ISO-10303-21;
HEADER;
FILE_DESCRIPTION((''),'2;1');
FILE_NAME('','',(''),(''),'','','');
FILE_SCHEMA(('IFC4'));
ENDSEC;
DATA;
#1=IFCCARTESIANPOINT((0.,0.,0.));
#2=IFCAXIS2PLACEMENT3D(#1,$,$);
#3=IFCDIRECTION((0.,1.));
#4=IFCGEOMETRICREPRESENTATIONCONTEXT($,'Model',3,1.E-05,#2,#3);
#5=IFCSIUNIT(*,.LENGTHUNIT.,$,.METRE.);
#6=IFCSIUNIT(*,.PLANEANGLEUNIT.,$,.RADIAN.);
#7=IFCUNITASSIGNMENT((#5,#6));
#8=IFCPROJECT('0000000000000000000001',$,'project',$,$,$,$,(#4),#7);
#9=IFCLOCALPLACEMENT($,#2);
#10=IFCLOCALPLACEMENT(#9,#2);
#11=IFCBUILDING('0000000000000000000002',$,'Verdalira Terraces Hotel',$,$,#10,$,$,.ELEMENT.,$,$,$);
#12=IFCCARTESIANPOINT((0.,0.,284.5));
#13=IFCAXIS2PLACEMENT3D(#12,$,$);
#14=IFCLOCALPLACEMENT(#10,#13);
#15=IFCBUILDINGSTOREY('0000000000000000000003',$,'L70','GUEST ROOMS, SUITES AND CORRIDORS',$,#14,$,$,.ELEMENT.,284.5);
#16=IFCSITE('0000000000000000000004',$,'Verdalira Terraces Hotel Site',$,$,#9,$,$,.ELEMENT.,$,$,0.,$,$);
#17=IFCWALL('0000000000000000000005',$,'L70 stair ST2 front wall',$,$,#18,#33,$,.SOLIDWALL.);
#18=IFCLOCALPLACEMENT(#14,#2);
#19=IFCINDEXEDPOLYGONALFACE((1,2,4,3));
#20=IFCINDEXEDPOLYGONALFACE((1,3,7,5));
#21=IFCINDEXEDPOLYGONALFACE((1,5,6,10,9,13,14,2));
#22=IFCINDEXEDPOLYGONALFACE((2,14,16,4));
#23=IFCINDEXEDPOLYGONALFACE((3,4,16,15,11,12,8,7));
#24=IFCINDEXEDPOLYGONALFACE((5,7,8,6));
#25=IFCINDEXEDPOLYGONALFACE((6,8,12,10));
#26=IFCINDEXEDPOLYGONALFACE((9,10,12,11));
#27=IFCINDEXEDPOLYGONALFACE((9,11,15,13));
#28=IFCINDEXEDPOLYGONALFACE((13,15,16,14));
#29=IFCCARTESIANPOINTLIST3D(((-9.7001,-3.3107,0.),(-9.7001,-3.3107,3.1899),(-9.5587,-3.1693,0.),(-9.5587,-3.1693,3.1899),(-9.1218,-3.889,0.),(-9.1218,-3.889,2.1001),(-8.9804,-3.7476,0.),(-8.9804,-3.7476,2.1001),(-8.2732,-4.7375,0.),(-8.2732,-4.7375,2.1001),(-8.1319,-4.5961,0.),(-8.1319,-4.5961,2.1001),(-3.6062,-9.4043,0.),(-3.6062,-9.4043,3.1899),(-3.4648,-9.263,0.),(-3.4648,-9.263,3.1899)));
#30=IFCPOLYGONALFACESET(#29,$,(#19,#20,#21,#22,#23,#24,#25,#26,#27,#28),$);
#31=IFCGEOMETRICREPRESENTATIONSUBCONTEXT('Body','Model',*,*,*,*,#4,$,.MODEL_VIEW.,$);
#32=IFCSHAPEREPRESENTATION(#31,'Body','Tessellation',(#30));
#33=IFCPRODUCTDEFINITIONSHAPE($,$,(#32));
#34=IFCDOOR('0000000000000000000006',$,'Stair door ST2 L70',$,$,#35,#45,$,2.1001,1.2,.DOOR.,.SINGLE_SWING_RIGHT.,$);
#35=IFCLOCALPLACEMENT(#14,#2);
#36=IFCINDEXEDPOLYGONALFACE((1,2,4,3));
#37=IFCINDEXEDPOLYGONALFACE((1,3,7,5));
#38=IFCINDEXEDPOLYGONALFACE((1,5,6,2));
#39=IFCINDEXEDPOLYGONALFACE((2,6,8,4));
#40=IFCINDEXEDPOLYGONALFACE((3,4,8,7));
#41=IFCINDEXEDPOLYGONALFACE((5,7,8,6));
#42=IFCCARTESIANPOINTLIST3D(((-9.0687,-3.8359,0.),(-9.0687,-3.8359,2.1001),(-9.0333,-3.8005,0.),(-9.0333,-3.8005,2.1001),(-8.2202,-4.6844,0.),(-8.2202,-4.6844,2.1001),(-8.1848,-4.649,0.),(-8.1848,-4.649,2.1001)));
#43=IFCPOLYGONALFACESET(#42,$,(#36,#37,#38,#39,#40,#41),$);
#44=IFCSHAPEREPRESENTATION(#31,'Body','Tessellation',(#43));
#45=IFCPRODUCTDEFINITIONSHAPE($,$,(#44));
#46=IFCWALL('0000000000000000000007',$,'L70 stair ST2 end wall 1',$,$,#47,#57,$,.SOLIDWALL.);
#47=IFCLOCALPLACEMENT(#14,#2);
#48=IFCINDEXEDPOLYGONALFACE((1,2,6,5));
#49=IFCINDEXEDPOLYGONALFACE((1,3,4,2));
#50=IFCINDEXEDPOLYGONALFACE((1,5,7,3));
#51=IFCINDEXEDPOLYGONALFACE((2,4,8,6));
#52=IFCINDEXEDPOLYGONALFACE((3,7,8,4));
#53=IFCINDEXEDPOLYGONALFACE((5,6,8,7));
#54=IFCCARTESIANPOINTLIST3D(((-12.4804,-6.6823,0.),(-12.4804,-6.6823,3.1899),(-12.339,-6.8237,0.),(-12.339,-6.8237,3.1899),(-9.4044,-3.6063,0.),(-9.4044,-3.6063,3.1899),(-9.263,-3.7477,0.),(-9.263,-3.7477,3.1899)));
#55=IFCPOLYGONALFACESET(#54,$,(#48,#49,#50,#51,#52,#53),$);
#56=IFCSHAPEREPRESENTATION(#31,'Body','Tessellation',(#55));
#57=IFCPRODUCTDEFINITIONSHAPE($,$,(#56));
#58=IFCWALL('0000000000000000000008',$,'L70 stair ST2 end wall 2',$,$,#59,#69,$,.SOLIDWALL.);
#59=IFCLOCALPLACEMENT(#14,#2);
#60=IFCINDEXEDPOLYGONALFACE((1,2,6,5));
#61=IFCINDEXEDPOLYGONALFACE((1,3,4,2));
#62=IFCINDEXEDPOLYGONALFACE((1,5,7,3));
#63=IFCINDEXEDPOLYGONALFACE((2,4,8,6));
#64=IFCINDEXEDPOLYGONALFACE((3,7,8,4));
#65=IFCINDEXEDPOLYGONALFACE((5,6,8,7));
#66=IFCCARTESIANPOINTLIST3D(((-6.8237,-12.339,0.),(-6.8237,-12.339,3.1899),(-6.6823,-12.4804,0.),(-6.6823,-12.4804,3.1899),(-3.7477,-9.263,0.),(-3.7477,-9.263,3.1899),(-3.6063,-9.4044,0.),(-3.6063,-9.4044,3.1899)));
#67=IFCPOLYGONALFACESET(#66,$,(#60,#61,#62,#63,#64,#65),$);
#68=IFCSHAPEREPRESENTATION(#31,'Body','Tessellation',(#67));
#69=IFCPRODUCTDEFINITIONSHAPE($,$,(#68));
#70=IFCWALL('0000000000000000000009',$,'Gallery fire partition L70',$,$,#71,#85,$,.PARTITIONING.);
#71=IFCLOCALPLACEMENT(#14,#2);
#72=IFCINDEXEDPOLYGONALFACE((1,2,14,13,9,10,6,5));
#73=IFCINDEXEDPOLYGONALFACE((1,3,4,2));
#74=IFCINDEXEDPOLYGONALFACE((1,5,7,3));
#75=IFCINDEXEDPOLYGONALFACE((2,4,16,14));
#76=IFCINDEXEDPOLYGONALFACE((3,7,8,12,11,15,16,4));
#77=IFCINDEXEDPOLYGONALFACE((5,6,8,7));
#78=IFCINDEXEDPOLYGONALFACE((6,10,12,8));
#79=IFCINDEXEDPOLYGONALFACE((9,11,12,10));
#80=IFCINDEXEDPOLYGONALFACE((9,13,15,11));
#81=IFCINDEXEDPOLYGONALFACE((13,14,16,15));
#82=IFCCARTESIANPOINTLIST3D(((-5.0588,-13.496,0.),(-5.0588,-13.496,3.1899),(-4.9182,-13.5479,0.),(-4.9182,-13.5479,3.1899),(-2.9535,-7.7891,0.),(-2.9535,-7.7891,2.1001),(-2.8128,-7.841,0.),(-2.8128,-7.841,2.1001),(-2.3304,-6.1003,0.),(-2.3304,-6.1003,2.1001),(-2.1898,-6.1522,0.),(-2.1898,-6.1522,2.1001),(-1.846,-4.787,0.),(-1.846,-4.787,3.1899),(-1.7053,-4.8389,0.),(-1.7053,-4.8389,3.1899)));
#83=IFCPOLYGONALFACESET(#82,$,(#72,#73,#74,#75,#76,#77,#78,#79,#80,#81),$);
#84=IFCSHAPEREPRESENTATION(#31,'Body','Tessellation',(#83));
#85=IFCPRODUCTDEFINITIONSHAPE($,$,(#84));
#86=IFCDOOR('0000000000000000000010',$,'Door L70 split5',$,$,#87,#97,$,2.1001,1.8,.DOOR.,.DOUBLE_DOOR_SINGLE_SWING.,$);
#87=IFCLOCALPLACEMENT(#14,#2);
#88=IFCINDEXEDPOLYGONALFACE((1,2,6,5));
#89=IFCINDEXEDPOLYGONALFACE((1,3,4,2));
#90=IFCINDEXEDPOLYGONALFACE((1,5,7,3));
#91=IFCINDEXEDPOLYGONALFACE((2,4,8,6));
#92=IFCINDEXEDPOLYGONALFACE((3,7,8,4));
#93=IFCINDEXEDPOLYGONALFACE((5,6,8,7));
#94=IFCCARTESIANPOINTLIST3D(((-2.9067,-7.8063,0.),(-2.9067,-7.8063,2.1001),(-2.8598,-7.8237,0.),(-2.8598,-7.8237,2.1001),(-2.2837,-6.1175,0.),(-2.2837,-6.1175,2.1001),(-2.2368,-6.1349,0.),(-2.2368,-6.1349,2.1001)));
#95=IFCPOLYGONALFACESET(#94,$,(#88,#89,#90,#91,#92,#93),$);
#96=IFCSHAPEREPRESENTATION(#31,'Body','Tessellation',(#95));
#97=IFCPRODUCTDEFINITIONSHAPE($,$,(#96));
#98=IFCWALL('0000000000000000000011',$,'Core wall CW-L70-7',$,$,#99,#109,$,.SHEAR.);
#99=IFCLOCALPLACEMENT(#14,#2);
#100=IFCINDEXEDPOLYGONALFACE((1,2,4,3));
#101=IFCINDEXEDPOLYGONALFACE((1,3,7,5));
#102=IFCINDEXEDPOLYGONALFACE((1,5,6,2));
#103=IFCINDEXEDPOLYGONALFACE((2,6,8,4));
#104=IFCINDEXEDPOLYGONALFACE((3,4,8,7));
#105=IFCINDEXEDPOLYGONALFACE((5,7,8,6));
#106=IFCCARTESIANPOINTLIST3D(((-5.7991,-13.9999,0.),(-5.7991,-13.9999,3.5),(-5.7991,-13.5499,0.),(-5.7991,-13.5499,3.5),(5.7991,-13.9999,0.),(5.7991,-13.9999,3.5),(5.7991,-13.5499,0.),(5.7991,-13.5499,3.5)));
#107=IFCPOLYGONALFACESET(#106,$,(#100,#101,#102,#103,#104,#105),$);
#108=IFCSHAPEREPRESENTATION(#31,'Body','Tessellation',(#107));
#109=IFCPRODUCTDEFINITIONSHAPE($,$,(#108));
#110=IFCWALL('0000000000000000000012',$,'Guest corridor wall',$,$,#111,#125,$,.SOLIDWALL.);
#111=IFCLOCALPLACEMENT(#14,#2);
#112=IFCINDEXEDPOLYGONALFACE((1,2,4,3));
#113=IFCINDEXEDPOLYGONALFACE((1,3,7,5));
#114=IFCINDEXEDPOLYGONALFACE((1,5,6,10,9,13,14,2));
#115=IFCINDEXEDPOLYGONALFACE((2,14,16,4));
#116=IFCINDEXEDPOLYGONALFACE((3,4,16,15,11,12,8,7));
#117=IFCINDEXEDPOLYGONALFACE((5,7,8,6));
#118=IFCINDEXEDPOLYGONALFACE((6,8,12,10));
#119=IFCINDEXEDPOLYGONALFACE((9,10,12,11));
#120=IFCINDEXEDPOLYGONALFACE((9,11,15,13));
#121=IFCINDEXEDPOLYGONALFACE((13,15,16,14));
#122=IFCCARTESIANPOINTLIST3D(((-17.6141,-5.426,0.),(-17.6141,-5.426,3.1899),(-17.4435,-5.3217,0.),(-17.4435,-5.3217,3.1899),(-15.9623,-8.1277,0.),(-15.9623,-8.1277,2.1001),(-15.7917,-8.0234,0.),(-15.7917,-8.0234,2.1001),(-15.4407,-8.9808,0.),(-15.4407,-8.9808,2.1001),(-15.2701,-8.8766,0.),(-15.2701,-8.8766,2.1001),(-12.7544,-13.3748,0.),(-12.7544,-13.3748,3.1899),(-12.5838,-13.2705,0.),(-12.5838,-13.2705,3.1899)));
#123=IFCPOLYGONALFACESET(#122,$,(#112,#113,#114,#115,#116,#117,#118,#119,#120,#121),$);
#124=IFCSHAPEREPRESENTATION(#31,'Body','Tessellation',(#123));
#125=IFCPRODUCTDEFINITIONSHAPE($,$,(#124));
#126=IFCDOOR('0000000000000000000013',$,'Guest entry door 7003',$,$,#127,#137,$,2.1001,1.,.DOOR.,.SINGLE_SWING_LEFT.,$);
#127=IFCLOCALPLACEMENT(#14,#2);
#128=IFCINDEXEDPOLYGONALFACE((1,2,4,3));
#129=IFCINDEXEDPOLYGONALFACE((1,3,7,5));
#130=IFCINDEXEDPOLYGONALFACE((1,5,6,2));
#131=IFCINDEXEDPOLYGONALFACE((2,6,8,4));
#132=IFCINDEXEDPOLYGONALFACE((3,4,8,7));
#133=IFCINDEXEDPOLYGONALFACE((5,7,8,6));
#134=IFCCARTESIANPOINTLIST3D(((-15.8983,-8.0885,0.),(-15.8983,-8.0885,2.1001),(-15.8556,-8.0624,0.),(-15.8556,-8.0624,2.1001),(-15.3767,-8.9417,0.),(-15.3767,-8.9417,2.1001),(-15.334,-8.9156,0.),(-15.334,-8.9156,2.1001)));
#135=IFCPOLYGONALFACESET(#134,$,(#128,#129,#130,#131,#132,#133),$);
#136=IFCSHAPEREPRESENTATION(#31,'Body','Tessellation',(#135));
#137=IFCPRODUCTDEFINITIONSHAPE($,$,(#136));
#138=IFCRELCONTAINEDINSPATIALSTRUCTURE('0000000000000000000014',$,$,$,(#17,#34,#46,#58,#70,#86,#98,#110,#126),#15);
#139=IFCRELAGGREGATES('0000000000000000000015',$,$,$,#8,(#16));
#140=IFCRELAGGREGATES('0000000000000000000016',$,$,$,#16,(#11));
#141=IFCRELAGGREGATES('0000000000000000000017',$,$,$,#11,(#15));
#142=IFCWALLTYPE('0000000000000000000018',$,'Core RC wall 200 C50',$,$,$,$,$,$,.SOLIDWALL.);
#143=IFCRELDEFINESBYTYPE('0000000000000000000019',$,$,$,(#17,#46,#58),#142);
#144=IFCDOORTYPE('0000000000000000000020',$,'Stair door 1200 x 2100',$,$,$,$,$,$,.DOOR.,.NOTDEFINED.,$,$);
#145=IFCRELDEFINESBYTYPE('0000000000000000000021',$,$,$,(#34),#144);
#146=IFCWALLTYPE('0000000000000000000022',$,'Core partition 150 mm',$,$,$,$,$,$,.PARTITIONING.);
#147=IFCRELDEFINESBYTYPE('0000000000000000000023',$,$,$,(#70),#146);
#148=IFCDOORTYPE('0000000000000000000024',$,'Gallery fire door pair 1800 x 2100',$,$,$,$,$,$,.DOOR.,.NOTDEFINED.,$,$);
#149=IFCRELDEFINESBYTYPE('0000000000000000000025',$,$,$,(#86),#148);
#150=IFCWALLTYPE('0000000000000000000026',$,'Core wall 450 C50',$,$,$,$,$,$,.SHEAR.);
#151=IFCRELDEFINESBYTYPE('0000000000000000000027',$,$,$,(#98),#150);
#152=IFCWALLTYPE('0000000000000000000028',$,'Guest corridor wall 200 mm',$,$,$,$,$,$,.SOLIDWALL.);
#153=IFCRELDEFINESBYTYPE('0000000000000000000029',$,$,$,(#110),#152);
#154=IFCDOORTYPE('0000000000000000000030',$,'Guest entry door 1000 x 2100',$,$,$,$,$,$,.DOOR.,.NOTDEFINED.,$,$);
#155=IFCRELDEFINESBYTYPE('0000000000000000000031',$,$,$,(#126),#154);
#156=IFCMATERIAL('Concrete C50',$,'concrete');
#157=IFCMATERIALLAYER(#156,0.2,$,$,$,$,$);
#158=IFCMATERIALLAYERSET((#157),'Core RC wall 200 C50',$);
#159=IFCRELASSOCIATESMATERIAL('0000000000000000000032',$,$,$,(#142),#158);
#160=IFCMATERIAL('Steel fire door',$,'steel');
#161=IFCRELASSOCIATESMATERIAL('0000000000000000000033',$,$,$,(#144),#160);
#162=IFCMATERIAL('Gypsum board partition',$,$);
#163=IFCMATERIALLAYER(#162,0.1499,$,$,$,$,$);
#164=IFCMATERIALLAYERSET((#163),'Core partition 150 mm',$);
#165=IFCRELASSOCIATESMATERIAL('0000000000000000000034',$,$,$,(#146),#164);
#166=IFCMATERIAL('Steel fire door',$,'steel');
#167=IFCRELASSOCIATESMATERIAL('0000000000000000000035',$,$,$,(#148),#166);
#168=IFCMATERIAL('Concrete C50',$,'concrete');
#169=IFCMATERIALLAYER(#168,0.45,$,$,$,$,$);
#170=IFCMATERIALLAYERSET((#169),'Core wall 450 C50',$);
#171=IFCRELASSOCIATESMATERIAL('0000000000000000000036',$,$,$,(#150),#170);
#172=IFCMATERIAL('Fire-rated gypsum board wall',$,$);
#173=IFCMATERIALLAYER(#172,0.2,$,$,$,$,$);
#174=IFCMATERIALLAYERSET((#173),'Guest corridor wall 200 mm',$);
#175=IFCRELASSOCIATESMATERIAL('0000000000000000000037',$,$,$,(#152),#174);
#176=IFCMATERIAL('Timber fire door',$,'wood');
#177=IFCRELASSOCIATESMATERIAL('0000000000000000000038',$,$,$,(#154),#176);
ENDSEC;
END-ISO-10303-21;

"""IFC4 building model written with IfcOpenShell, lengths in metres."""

from ifc_helpers import new_model, si_unit, direction, frame, frame_2d, origin, place, context, subcontext, project, spatial, rectangle, extrude, material, layer, layer_set, type_object, element, fill, save


model = new_model("IFC4")

# Units and contexts
model_context = context("Model", 3, precision=1e-05, world=origin(), true_north=direction((0.0, 1.0)))
body_context = subcontext(model_context, "Body", "Model", "MODEL_VIEW")
ifc_project = project(units=[si_unit("LENGTHUNIT", "METRE"), si_unit("PLANEANGLEUNIT", "RADIAN")], contexts=[model_context])

# Site, building, storey
site_placement = place(None, origin())
site = spatial("IfcSite", under=ifc_project, at=site_placement, Name="Verdalira Terraces Hotel Site", CompositionType="ELEMENT", RefElevation=0.0)
building_placement = place(site_placement, origin())
building = spatial("IfcBuilding", under=site, at=building_placement, Name="Verdalira Terraces Hotel", CompositionType="ELEMENT")
storey_placement = place(building_placement, frame((0.0, 0.0, 284.5)))
storey = spatial("IfcBuildingStorey", under=building, at=storey_placement, Name="L70", Description="GUEST ROOMS, SUITES AND CORRIDORS", CompositionType="ELEMENT", Elevation=284.5)

# Shared definitions
ifc_material_1 = material(Name="Concrete C50", Category="concrete")
ifc_layer_1 = layer(ifc_material_1, 0.2)
ifc_layer_set_1 = layer_set([ifc_layer_1], Name="Core RC wall 200 C50")
wall_type_1 = type_object("IfcWallType", Name="Core RC wall 200 C50", PredefinedType="SOLIDWALL", material=ifc_layer_set_1)

# Wall, opening, door
wall_1_placement = place(storey_placement, frame((-3.5354, -9.3337, 0.0), z_axis=(0.0, 0.0, 1.0), x_axis=(-0.707121, 0.707093, 0.0)))
wall_1 = element("IfcWall", 1, at=wall_1_placement, inside=storey, type_object=wall_type_1, Name="L70 stair ST2 front wall", PredefinedType="SOLIDWALL", context=body_context, shape_type="SweptSolid", body=[
    extrude(rectangle(XDim=8.6179, YDim=0.2, at=frame_2d((4.3091, 0.0))), origin(), (0.0, 0.0, 1.0), 3.1899),
])
opening_1_placement = place(wall_1_placement, frame((6.6001, 0.0, 0.0)))
opening_1 = element("IfcOpeningElement", 2, at=opening_1_placement, cuts=wall_1, PredefinedType="OPENING", context=body_context, shape_type="SweptSolid", body=[
    extrude(rectangle(XDim=1.2, YDim=2.1001, at=frame_2d((0.6001, 1.05))), frame((0.0, 0.1099, 0.0), z_axis=(0.0, -1.0, 0.0), x_axis=(1.0, 0.0, 0.0)), (0.0, 0.0, 1.0), 0.22),
])
ifc_material_2 = material(Name="Steel fire door", Category="steel")
door_type_1 = type_object("IfcDoorType", Name="Stair door 1200 x 2100", OperationType="NOTDEFINED", PredefinedType="DOOR", material=ifc_material_2)
door_1_placement = place(opening_1_placement, origin())
door_1 = element("IfcDoor", 3, at=door_1_placement, inside=storey, type_object=door_type_1, Name="Stair door ST2 L70", OperationType="SINGLE_SWING_RIGHT", OverallHeight=2.1001, OverallWidth=1.2, PredefinedType="DOOR", context=body_context, shape_type="SweptSolid", body=[
    extrude(rectangle(XDim=1.2, YDim=2.1001, at=frame_2d((0.6001, 1.05))), frame((0.0, 0.0249, 0.0), z_axis=(0.0, -1.0, 0.0), x_axis=(1.0, 0.0, 0.0)), (0.0, 0.0, 1.0), 0.05),
])
fill(opening_1, door_1)

# Walls
for number, where, z_axis, x_axis, name in (
    (4, (-9.3337, -3.677, 0.0), (0.0, 0.0, 1.0), (-0.707107, -0.707107, 0.0), "L70 stair ST2 end wall 1"),
    (5, (-3.677, -9.3337, 0.0), (0.0, 0.0, 1.0), (-0.707107, -0.707107, 0.0), "L70 stair ST2 end wall 2"),
):
    element("IfcWall", number, at=place(storey_placement, frame(where, z_axis=z_axis, x_axis=x_axis)), inside=storey, type_object=wall_type_1, Name=name, PredefinedType="SOLIDWALL", context=body_context, shape_type="SweptSolid", body=[
        extrude(rectangle(XDim=4.3501, YDim=0.2, at=frame_2d((2.175, 0.0))), origin(), (0.0, 0.0, 1.0), 3.1899),
    ])

# Wall, opening, door
ifc_material_3 = material(Name="Gypsum board partition")
ifc_layer_2 = layer(ifc_material_3, 0.1499)
ifc_layer_set_2 = layer_set([ifc_layer_2], Name="Core partition 150 mm")
wall_type_2 = type_object("IfcWallType", Name="Core partition 150 mm", PredefinedType="PARTITIONING", material=ifc_layer_set_2)
wall_2_placement = place(storey_placement, frame((-1.7756, -4.813, 0.0), z_axis=(0.0, 0.0, 1.0), x_axis=(-0.346115, -0.938192, 0.0)))
wall_2 = element("IfcWall", 6, at=wall_2_placement, inside=storey, type_object=wall_type_2, Name="Gallery fire partition L70", PredefinedType="PARTITIONING", context=body_context, shape_type="SweptSolid", body=[
    extrude(rectangle(XDim=9.2827, YDim=0.1499, at=frame_2d((4.6414, 0.0))), origin(), (0.0, 0.0, 1.0), 3.1899),
])
opening_2_placement = place(wall_2_placement, frame((1.3999, 0.0, 0.0)))
opening_2 = element("IfcOpeningElement", 7, at=opening_2_placement, cuts=wall_2, PredefinedType="OPENING", context=body_context, shape_type="SweptSolid", body=[
    extrude(rectangle(XDim=1.8, YDim=2.1001, at=frame_2d((0.8999, 1.05))), frame((0.0, 0.085, 0.0), z_axis=(0.0, -1.0, 0.0), x_axis=(1.0, 0.0, 0.0)), (0.0, 0.0, 1.0), 0.1699),
])
ifc_material_4 = material(Name="Steel fire door", Category="steel")
door_type_2 = type_object("IfcDoorType", Name="Gallery fire door pair 1800 x 2100", OperationType="NOTDEFINED", PredefinedType="DOOR", material=ifc_material_4)
door_2_placement = place(opening_2_placement, origin())
door_2 = element("IfcDoor", 8, at=door_2_placement, inside=storey, type_object=door_type_2, Name="Door L70 split5", OperationType="DOUBLE_DOOR_SINGLE_SWING", OverallHeight=2.1001, OverallWidth=1.8, PredefinedType="DOOR", context=body_context, shape_type="SweptSolid", body=[
    extrude(rectangle(XDim=1.8, YDim=2.1001, at=frame_2d((0.8999, 1.05))), frame((0.0, 0.0249, 0.0), z_axis=(0.0, -1.0, 0.0), x_axis=(1.0, 0.0, 0.0)), (0.0, 0.0, 1.0), 0.05),
])
fill(opening_2, door_2)

# Wall
ifc_material_5 = material(Name="Concrete C50", Category="concrete")
ifc_layer_3 = layer(ifc_material_5, 0.45)
ifc_layer_set_3 = layer_set([ifc_layer_3], Name="Core wall 450 C50")
wall_type_3 = type_object("IfcWallType", Name="Core wall 450 C50", PredefinedType="SHEAR", material=ifc_layer_set_3)
wall_3_placement = place(storey_placement, frame((-5.7991, -13.7749, 0.0), z_axis=(0.0, 0.0, 1.0), x_axis=(1.0, 0.0, 0.0)))
element("IfcWall", 9, at=wall_3_placement, inside=storey, type_object=wall_type_3, Name="Core wall CW-L70-7", PredefinedType="SHEAR", context=body_context, shape_type="SweptSolid", body=[
    extrude(rectangle(XDim=11.5981, YDim=0.45, at=frame_2d((5.7991, 0.0))), origin(), (0.0, 0.0, 1.0), 3.5),
])

# Wall, opening, door
ifc_material_6 = material(Name="Fire-rated gypsum board wall")
ifc_layer_4 = layer(ifc_material_6, 0.2)
ifc_layer_set_4 = layer_set([ifc_layer_4], Name="Guest corridor wall 200 mm")
wall_type_4 = type_object("IfcWallType", Name="Guest corridor wall 200 mm", PredefinedType="SOLIDWALL", material=ifc_layer_set_4)
wall_4_placement = place(storey_placement, frame((-12.6692, -13.3225, 0.0), z_axis=(0.0, 0.0, 1.0), x_axis=(-0.521611, 0.853183, 0.0)))
wall_4 = element("IfcWall", 10, at=wall_4_placement, inside=storey, type_object=wall_type_4, Name="Guest corridor wall", PredefinedType="SOLIDWALL", context=body_context, shape_type="SweptSolid", body=[
    extrude(rectangle(XDim=9.3166, YDim=0.2, at=frame_2d((4.6582, 0.0))), origin(), (0.0, 0.0, 1.0), 3.1899),
])
opening_3_placement = place(wall_4_placement, frame((5.1499, 0.0, 0.0)))
opening_3 = element("IfcOpeningElement", 11, at=opening_3_placement, cuts=wall_4, PredefinedType="OPENING", context=body_context, shape_type="SweptSolid", body=[
    extrude(rectangle(XDim=1.0, YDim=2.1001, at=frame_2d((0.5, 1.05))), frame((0.0, 0.1099, 0.0), z_axis=(0.0, -1.0, 0.0), x_axis=(1.0, 0.0, 0.0)), (0.0, 0.0, 1.0), 0.22),
])
ifc_material_7 = material(Name="Timber fire door", Category="wood")
door_type_3 = type_object("IfcDoorType", Name="Guest entry door 1000 x 2100", OperationType="NOTDEFINED", PredefinedType="DOOR", material=ifc_material_7)
door_3_placement = place(opening_3_placement, origin())
door_3 = element("IfcDoor", 12, at=door_3_placement, inside=storey, type_object=door_type_3, Name="Guest entry door 7003", OperationType="SINGLE_SWING_LEFT", OverallHeight=2.1001, OverallWidth=1.0, PredefinedType="DOOR", context=body_context, shape_type="SweptSolid", body=[
    extrude(rectangle(XDim=1.0, YDim=2.1001, at=frame_2d((0.5, 1.05))), frame((0.0, 0.0249, 0.0), z_axis=(0.0, -1.0, 0.0), x_axis=(1.0, 0.0, 0.0)), (0.0, 0.0, 1.0), 0.05),
])
fill(opening_3, door_3)

save(model, "model.ifc")
